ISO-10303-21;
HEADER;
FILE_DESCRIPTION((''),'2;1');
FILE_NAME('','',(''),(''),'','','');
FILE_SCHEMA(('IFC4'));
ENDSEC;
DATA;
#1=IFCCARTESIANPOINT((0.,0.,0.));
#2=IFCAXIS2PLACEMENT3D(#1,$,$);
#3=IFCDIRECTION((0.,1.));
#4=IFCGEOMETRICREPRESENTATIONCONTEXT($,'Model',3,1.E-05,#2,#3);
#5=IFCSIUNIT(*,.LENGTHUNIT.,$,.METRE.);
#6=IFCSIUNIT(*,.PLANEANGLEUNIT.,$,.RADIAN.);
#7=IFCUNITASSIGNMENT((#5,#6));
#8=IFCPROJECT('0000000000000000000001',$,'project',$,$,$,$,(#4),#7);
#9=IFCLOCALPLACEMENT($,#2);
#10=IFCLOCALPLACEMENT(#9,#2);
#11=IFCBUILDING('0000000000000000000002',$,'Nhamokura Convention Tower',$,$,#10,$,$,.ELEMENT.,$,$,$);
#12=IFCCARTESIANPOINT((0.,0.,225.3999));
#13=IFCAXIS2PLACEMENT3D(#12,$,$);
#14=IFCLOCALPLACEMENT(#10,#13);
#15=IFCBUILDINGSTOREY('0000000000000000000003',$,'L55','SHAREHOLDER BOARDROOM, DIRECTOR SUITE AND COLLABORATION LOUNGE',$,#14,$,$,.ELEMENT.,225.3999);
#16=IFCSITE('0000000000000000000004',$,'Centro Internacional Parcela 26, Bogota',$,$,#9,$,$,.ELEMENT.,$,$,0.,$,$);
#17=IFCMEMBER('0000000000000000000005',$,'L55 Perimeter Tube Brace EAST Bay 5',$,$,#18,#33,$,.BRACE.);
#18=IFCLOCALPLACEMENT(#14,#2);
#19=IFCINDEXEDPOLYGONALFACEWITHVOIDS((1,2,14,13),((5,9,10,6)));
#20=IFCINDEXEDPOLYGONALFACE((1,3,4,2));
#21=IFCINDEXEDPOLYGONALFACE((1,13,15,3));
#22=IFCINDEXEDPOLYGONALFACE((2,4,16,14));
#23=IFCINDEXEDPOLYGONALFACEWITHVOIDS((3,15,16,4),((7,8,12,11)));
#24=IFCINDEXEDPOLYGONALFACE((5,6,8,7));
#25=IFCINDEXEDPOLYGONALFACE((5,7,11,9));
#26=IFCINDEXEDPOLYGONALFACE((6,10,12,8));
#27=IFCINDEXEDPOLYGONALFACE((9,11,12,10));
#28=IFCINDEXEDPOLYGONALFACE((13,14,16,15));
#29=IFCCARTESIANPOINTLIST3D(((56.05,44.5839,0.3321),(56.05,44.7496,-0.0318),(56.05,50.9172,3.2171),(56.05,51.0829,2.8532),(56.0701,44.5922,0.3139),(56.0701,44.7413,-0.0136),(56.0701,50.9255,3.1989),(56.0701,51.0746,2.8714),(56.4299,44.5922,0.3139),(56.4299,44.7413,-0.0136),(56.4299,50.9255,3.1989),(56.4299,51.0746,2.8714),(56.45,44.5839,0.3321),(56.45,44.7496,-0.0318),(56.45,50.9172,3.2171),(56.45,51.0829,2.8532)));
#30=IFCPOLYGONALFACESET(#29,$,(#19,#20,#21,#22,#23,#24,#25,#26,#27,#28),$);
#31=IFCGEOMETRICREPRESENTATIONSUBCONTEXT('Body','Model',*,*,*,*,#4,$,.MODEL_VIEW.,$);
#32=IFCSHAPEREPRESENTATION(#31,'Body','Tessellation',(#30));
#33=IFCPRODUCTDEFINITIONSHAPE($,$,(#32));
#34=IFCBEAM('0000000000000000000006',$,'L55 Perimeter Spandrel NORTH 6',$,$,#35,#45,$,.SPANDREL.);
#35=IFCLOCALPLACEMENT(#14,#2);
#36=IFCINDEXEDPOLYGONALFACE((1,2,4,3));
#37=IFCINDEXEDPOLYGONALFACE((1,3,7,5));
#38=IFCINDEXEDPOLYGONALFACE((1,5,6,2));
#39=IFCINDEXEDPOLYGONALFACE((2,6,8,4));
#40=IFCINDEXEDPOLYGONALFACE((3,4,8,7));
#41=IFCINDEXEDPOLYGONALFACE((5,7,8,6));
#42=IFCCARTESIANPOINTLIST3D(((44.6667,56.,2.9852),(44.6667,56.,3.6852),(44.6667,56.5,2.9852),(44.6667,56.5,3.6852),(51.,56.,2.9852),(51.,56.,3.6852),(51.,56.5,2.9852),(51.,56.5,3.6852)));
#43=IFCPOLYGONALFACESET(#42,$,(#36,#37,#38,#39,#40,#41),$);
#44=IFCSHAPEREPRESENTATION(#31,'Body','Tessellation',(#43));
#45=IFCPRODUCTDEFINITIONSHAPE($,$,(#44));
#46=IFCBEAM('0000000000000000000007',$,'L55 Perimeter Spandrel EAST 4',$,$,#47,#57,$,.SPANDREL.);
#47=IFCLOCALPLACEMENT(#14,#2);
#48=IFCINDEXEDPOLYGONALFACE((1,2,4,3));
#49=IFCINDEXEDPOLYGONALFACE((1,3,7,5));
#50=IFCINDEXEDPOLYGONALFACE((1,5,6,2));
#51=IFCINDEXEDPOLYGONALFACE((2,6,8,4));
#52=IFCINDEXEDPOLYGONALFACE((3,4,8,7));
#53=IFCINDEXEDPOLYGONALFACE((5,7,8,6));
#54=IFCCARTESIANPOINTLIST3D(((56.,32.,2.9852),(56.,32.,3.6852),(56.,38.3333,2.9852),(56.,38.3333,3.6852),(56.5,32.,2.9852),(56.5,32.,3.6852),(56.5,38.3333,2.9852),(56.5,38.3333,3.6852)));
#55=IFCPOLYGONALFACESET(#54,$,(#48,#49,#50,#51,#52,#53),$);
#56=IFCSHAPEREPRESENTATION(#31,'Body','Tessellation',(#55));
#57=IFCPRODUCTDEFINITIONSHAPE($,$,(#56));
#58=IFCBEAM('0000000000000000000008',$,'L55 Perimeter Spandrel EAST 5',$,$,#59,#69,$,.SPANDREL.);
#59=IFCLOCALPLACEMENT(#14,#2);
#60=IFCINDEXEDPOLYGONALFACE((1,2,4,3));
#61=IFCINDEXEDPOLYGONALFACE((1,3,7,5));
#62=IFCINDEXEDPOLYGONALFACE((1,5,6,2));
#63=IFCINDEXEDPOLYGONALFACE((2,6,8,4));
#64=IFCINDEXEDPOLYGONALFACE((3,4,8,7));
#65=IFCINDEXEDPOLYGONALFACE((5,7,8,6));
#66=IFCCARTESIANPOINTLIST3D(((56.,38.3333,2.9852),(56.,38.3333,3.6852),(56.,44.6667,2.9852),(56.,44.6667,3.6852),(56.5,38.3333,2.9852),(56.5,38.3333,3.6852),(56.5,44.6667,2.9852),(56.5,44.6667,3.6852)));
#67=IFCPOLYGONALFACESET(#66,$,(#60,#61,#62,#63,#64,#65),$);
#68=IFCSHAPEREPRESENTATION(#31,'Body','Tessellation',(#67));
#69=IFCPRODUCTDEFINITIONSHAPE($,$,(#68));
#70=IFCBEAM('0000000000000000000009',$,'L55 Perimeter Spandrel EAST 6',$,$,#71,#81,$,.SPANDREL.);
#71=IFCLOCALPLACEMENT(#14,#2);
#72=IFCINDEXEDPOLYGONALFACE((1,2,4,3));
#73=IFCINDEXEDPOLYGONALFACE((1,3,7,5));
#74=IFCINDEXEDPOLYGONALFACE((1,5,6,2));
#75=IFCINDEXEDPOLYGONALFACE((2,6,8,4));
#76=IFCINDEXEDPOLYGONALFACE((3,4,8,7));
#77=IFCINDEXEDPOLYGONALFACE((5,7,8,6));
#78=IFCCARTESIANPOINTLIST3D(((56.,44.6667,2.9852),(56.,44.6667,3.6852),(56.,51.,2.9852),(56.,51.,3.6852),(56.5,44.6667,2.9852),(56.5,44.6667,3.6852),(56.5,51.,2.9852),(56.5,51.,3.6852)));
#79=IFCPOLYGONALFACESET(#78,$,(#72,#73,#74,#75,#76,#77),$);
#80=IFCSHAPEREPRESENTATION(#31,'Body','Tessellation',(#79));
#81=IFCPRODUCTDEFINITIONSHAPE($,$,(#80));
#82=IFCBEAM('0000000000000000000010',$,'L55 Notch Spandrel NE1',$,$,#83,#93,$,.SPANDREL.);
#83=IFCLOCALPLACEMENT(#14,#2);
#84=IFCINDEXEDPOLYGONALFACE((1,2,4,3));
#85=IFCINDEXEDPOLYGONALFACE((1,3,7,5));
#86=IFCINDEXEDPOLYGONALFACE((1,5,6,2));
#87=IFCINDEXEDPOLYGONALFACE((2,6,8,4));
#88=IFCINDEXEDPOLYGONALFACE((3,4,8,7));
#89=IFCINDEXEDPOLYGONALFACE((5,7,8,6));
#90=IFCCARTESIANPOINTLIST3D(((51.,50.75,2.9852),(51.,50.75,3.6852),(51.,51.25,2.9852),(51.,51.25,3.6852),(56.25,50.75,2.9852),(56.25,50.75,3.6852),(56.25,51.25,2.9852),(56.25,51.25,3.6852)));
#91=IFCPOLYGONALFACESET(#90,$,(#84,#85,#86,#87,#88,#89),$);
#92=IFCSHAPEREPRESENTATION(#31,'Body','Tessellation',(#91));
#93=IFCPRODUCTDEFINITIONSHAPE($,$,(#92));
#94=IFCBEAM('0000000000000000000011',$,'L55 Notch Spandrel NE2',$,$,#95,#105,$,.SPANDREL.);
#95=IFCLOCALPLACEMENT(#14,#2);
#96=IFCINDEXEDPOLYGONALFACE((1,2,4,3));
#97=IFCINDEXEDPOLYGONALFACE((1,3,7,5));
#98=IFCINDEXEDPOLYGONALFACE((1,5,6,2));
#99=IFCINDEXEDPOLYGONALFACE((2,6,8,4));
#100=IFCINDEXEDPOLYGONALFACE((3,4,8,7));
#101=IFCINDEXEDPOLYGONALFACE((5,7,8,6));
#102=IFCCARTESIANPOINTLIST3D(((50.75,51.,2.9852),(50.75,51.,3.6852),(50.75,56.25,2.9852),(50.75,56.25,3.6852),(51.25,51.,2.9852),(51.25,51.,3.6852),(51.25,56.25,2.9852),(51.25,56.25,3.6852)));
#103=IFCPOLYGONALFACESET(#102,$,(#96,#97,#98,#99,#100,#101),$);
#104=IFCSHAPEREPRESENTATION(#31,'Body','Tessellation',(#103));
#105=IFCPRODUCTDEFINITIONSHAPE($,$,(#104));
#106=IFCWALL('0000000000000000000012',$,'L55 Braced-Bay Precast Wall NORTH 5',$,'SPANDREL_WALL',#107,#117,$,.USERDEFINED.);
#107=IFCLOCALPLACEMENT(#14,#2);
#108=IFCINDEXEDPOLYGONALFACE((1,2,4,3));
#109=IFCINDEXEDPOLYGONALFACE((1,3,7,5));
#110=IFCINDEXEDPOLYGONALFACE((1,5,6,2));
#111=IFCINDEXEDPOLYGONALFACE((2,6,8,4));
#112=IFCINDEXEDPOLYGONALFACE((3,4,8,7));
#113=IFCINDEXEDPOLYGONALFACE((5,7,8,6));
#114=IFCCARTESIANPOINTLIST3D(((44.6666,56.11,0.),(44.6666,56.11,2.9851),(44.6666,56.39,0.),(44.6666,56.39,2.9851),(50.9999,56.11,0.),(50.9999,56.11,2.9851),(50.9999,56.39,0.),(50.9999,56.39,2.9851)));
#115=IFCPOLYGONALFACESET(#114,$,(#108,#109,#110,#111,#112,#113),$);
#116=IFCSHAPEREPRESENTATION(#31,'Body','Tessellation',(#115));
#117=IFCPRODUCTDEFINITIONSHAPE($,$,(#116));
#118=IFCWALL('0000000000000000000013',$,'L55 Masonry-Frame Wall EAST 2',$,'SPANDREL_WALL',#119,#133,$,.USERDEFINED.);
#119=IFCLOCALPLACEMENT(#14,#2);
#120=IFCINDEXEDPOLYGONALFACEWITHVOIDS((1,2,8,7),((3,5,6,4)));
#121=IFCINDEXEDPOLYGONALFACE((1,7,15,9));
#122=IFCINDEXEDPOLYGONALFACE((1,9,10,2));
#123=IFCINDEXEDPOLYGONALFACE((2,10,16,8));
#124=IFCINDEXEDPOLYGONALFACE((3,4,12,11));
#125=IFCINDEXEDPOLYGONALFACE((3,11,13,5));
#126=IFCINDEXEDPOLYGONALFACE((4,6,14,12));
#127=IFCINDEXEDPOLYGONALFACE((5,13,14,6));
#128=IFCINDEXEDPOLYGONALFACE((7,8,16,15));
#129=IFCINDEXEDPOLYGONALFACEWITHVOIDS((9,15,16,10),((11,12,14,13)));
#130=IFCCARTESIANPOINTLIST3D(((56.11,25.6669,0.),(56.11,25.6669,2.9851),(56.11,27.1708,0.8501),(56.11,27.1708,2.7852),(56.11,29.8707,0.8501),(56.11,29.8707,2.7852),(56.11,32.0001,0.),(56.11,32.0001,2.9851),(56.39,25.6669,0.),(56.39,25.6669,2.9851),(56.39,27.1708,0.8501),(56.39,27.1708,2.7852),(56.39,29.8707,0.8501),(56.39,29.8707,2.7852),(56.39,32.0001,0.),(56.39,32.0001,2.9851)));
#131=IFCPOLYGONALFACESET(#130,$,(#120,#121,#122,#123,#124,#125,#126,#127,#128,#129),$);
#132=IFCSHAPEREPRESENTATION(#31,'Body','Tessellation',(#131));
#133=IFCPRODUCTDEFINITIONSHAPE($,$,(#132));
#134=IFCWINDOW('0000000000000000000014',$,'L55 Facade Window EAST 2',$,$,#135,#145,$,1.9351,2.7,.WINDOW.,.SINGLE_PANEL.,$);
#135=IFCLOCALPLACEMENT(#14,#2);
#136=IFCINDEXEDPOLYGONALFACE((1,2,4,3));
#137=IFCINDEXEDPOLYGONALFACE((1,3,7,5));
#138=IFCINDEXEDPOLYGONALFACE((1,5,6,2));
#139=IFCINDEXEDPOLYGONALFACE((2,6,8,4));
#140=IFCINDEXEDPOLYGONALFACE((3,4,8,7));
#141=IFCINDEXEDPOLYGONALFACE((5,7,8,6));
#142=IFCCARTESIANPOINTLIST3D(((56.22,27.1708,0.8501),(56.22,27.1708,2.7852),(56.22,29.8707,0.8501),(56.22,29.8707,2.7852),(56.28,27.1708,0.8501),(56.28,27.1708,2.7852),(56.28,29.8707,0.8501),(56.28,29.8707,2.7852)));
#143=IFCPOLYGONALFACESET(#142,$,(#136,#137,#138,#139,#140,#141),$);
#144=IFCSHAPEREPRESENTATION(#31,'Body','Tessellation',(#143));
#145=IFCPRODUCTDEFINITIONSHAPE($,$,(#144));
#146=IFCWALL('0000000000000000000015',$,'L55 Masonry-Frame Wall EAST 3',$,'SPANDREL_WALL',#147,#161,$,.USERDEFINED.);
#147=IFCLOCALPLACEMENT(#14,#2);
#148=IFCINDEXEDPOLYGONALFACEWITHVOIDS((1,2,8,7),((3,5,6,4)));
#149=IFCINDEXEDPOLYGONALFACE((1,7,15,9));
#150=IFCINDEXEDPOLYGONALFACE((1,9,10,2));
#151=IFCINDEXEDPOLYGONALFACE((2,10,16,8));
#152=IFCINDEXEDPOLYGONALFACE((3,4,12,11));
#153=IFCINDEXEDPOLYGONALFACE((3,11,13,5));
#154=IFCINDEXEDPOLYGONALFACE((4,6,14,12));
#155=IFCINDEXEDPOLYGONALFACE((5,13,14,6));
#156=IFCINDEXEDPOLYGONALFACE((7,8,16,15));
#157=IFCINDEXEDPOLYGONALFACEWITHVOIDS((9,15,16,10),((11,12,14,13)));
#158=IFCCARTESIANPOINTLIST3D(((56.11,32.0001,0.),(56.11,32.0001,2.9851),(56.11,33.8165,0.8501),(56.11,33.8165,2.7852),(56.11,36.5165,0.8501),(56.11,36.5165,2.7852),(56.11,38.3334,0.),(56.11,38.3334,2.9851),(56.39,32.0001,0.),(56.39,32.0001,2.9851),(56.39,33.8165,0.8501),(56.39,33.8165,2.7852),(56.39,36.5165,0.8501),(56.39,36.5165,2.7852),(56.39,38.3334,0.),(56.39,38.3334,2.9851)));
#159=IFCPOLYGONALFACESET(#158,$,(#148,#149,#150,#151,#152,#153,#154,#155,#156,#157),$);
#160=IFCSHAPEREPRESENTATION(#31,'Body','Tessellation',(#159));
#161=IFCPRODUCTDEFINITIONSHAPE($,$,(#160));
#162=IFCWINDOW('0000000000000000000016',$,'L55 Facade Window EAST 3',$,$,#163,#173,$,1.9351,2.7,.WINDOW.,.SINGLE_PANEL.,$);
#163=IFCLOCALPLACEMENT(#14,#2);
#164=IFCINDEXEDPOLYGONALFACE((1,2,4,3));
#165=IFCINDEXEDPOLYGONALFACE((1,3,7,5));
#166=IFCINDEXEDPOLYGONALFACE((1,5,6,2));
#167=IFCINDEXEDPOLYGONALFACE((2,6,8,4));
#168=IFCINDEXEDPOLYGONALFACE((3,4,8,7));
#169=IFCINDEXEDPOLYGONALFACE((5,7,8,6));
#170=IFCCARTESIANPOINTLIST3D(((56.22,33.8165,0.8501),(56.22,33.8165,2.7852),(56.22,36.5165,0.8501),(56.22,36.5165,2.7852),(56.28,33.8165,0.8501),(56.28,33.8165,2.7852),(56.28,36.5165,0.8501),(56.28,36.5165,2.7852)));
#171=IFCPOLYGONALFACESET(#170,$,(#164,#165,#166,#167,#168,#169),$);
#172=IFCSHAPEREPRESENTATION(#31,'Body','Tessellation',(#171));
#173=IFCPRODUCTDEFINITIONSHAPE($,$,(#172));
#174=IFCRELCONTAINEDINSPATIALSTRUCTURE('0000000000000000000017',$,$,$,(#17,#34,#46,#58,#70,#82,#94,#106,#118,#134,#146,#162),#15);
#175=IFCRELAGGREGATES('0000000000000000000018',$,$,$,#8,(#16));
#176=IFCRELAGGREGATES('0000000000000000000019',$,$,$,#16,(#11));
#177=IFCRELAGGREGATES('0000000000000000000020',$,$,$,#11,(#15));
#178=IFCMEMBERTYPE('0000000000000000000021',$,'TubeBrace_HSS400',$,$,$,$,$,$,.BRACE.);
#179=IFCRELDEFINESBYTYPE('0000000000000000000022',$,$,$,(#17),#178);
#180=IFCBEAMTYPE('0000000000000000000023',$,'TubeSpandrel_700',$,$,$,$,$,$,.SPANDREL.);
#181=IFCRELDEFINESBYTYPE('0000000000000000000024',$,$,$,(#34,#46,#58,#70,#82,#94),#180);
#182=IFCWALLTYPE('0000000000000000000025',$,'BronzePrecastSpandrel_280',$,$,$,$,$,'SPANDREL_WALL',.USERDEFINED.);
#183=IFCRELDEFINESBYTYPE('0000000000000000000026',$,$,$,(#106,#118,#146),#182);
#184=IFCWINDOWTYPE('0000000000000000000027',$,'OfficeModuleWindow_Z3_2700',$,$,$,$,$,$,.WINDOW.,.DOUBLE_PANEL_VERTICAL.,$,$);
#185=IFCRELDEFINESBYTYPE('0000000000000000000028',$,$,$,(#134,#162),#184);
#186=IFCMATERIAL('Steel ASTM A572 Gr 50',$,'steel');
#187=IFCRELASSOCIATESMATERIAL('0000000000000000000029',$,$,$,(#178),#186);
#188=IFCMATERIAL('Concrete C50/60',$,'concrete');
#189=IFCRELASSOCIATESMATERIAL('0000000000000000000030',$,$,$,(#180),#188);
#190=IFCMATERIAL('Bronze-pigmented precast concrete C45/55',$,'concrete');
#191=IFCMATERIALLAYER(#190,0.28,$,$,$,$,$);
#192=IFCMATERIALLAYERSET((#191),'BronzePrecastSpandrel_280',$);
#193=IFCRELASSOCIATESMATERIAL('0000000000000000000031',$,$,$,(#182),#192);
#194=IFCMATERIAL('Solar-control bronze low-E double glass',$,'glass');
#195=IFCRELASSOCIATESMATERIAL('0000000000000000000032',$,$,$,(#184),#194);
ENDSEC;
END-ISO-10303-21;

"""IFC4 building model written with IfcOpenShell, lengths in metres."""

from ifc_helpers import new_model, si_unit, direction, frame, frame_2d, origin, origin_2d, place, context, subcontext, project, spatial, rectangle, hollow_rectangle, extrude, material, layer, layer_set, material_profile, profile_set, type_object, element, fill, save


model = new_model("IFC4")

# Units and contexts
model_context = context("Model", 3, precision=1e-05, world=origin(), true_north=direction((0.0, 1.0)))
body_context = subcontext(model_context, "Body", "Model", "MODEL_VIEW")
ifc_project = project(units=[si_unit("LENGTHUNIT", "METRE"), si_unit("PLANEANGLEUNIT", "RADIAN")], contexts=[model_context])

# Site, building, storey
site_placement = place(None, origin())
site = spatial("IfcSite", under=ifc_project, at=site_placement, Name="Centro Internacional Parcela 26, Bogota", CompositionType="ELEMENT", RefElevation=0.0)
building_placement = place(site_placement, origin())
building = spatial("IfcBuilding", under=site, at=building_placement, Name="Nhamokura Convention Tower", CompositionType="ELEMENT")
storey_placement = place(building_placement, frame((0.0, 0.0, 225.3999)))
storey = spatial("IfcBuildingStorey", under=building, at=storey_placement, Name="L55", Description="SHAREHOLDER BOARDROOM, DIRECTOR SUITE AND COLLABORATION LOUNGE", CompositionType="ELEMENT", Elevation=225.3999)

# Member
ifc_material_1 = material(Name="Steel ASTM A572 Gr 50", Category="steel")
ifc_material_profile_1 = material_profile(ifc_material_1, hollow_rectangle(XDim=0.3999, YDim=0.3999, WallThickness=0.02, at=origin_2d()))
ifc_profile_set_1 = profile_set([ifc_material_profile_1], Name="Steel ASTM A572 Gr 50")
member_type_1 = type_object("IfcMemberType", Name="TubeBrace_HSS400", PredefinedType="BRACE", material=ifc_profile_set_1)
for number, where, z_axis, x_axis, name in (
    (1, (56.25, 44.6667, 0.1501), (0.0, 0.910027, 0.414548), (-1.0, 0.0, 0.0), "L55 Perimeter Tube Brace EAST Bay 5"),
):
    element("IfcMember", number, at=place(storey_placement, frame(where, z_axis=z_axis, x_axis=x_axis)), inside=storey, type_object=member_type_1, Name=name, PredefinedType="BRACE", context=body_context, shape_type="SweptSolid", body=[
        extrude(hollow_rectangle(XDim=0.3999, YDim=0.3999, WallThickness=0.02, at=origin_2d()), origin(), (0.0, 0.0, 1.0), 6.9595),
    ])

# Beams
ifc_material_2 = material(Name="Concrete C50/60", Category="concrete")
ifc_material_profile_2 = material_profile(ifc_material_2, rectangle(XDim=0.5, YDim=0.7, at=origin_2d()))
ifc_profile_set_2 = profile_set([ifc_material_profile_2], Name="Concrete C50/60")
beam_type_1 = type_object("IfcBeamType", Name="TubeSpandrel_700", PredefinedType="SPANDREL", material=ifc_profile_set_2)
for number, where, z_axis, x_axis, name in (
    (2, (44.6667, 56.25, 3.3352), (1.0, 0.0, 0.0), (0.0, 1.0, 0.0), "L55 Perimeter Spandrel NORTH 6"),
    (3, (56.25, 32.0, 3.3352), (0.0, 1.0, 0.0), (-1.0, 0.0, 0.0), "L55 Perimeter Spandrel EAST 4"),
):
    element("IfcBeam", number, at=place(storey_placement, frame(where, z_axis=z_axis, x_axis=x_axis)), inside=storey, type_object=beam_type_1, Name=name, PredefinedType="SPANDREL", context=body_context, shape_type="SweptSolid", body=[
        extrude(rectangle(XDim=0.5, YDim=0.7, at=origin_2d()), origin(), (0.0, 0.0, 1.0), 6.3333),
    ])
beam_1_placement = place(storey_placement, frame((56.25, 38.3333, 3.3352), z_axis=(0.0, 1.0, 0.0), x_axis=(-1.0, 0.0, 0.0)))
element("IfcBeam", 4, at=beam_1_placement, inside=storey, type_object=beam_type_1, Name="L55 Perimeter Spandrel EAST 5", PredefinedType="SPANDREL", context=body_context, shape_type="SweptSolid", body=[
    extrude(rectangle(XDim=0.5, YDim=0.7, at=origin_2d()), origin(), (0.0, 0.0, 1.0), 6.3335),
])
beam_2_placement = place(storey_placement, frame((56.25, 44.6667, 3.3352), z_axis=(0.0, 1.0, 0.0), x_axis=(-1.0, 0.0, 0.0)))
element("IfcBeam", 5, at=beam_2_placement, inside=storey, type_object=beam_type_1, Name="L55 Perimeter Spandrel EAST 6", PredefinedType="SPANDREL", context=body_context, shape_type="SweptSolid", body=[
    extrude(rectangle(XDim=0.5, YDim=0.7, at=origin_2d()), origin(), (0.0, 0.0, 1.0), 6.3333),
])
for number, where, z_axis, x_axis, name in (
    (6, (56.25, 51.0, 3.3352), (-1.0, 0.0, 0.0), (0.0, -1.0, 0.0), "L55 Notch Spandrel NE1"),
    (7, (51.0, 51.0, 3.3352), (0.0, 1.0, 0.0), (-1.0, 0.0, 0.0), "L55 Notch Spandrel NE2"),
):
    element("IfcBeam", number, at=place(storey_placement, frame(where, z_axis=z_axis, x_axis=x_axis)), inside=storey, type_object=beam_type_1, Name=name, PredefinedType="SPANDREL", context=body_context, shape_type="SweptSolid", body=[
        extrude(rectangle(XDim=0.5, YDim=0.7, at=origin_2d()), origin(), (0.0, 0.0, 1.0), 5.25),
    ])

# Wall
ifc_material_3 = material(Name="Bronze-pigmented precast concrete C45/55", Category="concrete")
ifc_layer_1 = layer(ifc_material_3, 0.28)
ifc_layer_set_1 = layer_set([ifc_layer_1], Name="BronzePrecastSpandrel_280")
wall_type_1 = type_object("IfcWallType", Name="BronzePrecastSpandrel_280", ElementType="SPANDREL_WALL", PredefinedType="USERDEFINED", material=ifc_layer_set_1)
wall_1_placement = place(storey_placement, frame((44.6667, 56.25, 0.0), z_axis=(0.0, 0.0, 1.0), x_axis=(1.0, 0.0, 0.0)))
element("IfcWall", 8, at=wall_1_placement, inside=storey, type_object=wall_type_1, Name="L55 Braced-Bay Precast Wall NORTH 5", ObjectType="SPANDREL_WALL", PredefinedType="USERDEFINED", context=body_context, shape_type="SweptSolid", body=[
    extrude(rectangle(XDim=6.3333, YDim=0.28, at=frame_2d((3.1665, 0.0))), origin(), (0.0, 0.0, 1.0), 2.9851),
])

# Walls, openings, windows
wall_2_placement = place(storey_placement, frame((56.25, 32.0, 0.0), z_axis=(0.0, 0.0, 1.0), x_axis=(0.0, -1.0, 0.0)))
wall_2 = element("IfcWall", 9, at=wall_2_placement, inside=storey, type_object=wall_type_1, Name="L55 Masonry-Frame Wall EAST 2", ObjectType="SPANDREL_WALL", PredefinedType="USERDEFINED", context=body_context, shape_type="SweptSolid", body=[
    extrude(rectangle(XDim=6.3333, YDim=0.28, at=frame_2d((3.1665, 0.0))), origin(), (0.0, 0.0, 1.0), 2.9851),
])
opening_1_placement = place(wall_2_placement, frame((2.1292, 0.0, 0.8501)))
opening_1 = element("IfcOpeningElement", 10, at=opening_1_placement, cuts=wall_2, PredefinedType="OPENING", context=body_context, shape_type="SweptSolid", body=[
    extrude(rectangle(XDim=2.7, YDim=1.9351, at=frame_2d((1.3501, 0.9675))), frame((0.0, 0.1499, 0.0), z_axis=(0.0, -1.0, 0.0), x_axis=(1.0, 0.0, 0.0)), (0.0, 0.0, 1.0), 0.3),
])
ifc_material_4 = material(Name="Solar-control bronze low-E double glass", Category="glass")
window_type_1 = type_object("IfcWindowType", Name="OfficeModuleWindow_Z3_2700", PartitioningType="DOUBLE_PANEL_VERTICAL", PredefinedType="WINDOW", material=ifc_material_4)
window_1_placement = place(opening_1_placement, origin())
window_1 = element("IfcWindow", 11, at=window_1_placement, inside=storey, type_object=window_type_1, Name="L55 Facade Window EAST 2", OverallHeight=1.9351, OverallWidth=2.7, PartitioningType="SINGLE_PANEL", PredefinedType="WINDOW", context=body_context, shape_type="SweptSolid", body=[
    extrude(rectangle(XDim=2.7, YDim=1.9351, at=frame_2d((1.3501, 0.9675))), frame((0.0, 0.03, 0.0), z_axis=(0.0, -1.0, 0.0), x_axis=(1.0, 0.0, 0.0)), (0.0, 0.0, 1.0), 0.0601),
])
fill(opening_1, window_1)
wall_3_placement = place(storey_placement, frame((56.25, 38.3333, 0.0), z_axis=(0.0, 0.0, 1.0), x_axis=(0.0, -1.0, 0.0)))
wall_3 = element("IfcWall", 12, at=wall_3_placement, inside=storey, type_object=wall_type_1, Name="L55 Masonry-Frame Wall EAST 3", ObjectType="SPANDREL_WALL", PredefinedType="USERDEFINED", context=body_context, shape_type="SweptSolid", body=[
    extrude(rectangle(XDim=6.3333, YDim=0.28, at=frame_2d((3.1665, 0.0))), origin(), (0.0, 0.0, 1.0), 2.9851),
])
opening_2_placement = place(wall_3_placement, frame((1.8167, 0.0, 0.8501)))
opening_2 = element("IfcOpeningElement", 13, at=opening_2_placement, cuts=wall_3, PredefinedType="OPENING", context=body_context, shape_type="SweptSolid", body=[
    extrude(rectangle(XDim=2.7, YDim=1.9351, at=frame_2d((1.3501, 0.9675))), frame((0.0, 0.1499, 0.0), z_axis=(0.0, -1.0, 0.0), x_axis=(1.0, 0.0, 0.0)), (0.0, 0.0, 1.0), 0.3),
])
window_2_placement = place(opening_2_placement, origin())
window_2 = element("IfcWindow", 14, at=window_2_placement, inside=storey, type_object=window_type_1, Name="L55 Facade Window EAST 3", OverallHeight=1.9351, OverallWidth=2.7, PartitioningType="SINGLE_PANEL", PredefinedType="WINDOW", context=body_context, shape_type="SweptSolid", body=[
    extrude(rectangle(XDim=2.7, YDim=1.9351, at=frame_2d((1.3501, 0.9675))), frame((0.0, 0.03, 0.0), z_axis=(0.0, -1.0, 0.0), x_axis=(1.0, 0.0, 0.0)), (0.0, 0.0, 1.0), 0.0601),
])
fill(opening_2, window_2)

save(model, "model.ifc")
